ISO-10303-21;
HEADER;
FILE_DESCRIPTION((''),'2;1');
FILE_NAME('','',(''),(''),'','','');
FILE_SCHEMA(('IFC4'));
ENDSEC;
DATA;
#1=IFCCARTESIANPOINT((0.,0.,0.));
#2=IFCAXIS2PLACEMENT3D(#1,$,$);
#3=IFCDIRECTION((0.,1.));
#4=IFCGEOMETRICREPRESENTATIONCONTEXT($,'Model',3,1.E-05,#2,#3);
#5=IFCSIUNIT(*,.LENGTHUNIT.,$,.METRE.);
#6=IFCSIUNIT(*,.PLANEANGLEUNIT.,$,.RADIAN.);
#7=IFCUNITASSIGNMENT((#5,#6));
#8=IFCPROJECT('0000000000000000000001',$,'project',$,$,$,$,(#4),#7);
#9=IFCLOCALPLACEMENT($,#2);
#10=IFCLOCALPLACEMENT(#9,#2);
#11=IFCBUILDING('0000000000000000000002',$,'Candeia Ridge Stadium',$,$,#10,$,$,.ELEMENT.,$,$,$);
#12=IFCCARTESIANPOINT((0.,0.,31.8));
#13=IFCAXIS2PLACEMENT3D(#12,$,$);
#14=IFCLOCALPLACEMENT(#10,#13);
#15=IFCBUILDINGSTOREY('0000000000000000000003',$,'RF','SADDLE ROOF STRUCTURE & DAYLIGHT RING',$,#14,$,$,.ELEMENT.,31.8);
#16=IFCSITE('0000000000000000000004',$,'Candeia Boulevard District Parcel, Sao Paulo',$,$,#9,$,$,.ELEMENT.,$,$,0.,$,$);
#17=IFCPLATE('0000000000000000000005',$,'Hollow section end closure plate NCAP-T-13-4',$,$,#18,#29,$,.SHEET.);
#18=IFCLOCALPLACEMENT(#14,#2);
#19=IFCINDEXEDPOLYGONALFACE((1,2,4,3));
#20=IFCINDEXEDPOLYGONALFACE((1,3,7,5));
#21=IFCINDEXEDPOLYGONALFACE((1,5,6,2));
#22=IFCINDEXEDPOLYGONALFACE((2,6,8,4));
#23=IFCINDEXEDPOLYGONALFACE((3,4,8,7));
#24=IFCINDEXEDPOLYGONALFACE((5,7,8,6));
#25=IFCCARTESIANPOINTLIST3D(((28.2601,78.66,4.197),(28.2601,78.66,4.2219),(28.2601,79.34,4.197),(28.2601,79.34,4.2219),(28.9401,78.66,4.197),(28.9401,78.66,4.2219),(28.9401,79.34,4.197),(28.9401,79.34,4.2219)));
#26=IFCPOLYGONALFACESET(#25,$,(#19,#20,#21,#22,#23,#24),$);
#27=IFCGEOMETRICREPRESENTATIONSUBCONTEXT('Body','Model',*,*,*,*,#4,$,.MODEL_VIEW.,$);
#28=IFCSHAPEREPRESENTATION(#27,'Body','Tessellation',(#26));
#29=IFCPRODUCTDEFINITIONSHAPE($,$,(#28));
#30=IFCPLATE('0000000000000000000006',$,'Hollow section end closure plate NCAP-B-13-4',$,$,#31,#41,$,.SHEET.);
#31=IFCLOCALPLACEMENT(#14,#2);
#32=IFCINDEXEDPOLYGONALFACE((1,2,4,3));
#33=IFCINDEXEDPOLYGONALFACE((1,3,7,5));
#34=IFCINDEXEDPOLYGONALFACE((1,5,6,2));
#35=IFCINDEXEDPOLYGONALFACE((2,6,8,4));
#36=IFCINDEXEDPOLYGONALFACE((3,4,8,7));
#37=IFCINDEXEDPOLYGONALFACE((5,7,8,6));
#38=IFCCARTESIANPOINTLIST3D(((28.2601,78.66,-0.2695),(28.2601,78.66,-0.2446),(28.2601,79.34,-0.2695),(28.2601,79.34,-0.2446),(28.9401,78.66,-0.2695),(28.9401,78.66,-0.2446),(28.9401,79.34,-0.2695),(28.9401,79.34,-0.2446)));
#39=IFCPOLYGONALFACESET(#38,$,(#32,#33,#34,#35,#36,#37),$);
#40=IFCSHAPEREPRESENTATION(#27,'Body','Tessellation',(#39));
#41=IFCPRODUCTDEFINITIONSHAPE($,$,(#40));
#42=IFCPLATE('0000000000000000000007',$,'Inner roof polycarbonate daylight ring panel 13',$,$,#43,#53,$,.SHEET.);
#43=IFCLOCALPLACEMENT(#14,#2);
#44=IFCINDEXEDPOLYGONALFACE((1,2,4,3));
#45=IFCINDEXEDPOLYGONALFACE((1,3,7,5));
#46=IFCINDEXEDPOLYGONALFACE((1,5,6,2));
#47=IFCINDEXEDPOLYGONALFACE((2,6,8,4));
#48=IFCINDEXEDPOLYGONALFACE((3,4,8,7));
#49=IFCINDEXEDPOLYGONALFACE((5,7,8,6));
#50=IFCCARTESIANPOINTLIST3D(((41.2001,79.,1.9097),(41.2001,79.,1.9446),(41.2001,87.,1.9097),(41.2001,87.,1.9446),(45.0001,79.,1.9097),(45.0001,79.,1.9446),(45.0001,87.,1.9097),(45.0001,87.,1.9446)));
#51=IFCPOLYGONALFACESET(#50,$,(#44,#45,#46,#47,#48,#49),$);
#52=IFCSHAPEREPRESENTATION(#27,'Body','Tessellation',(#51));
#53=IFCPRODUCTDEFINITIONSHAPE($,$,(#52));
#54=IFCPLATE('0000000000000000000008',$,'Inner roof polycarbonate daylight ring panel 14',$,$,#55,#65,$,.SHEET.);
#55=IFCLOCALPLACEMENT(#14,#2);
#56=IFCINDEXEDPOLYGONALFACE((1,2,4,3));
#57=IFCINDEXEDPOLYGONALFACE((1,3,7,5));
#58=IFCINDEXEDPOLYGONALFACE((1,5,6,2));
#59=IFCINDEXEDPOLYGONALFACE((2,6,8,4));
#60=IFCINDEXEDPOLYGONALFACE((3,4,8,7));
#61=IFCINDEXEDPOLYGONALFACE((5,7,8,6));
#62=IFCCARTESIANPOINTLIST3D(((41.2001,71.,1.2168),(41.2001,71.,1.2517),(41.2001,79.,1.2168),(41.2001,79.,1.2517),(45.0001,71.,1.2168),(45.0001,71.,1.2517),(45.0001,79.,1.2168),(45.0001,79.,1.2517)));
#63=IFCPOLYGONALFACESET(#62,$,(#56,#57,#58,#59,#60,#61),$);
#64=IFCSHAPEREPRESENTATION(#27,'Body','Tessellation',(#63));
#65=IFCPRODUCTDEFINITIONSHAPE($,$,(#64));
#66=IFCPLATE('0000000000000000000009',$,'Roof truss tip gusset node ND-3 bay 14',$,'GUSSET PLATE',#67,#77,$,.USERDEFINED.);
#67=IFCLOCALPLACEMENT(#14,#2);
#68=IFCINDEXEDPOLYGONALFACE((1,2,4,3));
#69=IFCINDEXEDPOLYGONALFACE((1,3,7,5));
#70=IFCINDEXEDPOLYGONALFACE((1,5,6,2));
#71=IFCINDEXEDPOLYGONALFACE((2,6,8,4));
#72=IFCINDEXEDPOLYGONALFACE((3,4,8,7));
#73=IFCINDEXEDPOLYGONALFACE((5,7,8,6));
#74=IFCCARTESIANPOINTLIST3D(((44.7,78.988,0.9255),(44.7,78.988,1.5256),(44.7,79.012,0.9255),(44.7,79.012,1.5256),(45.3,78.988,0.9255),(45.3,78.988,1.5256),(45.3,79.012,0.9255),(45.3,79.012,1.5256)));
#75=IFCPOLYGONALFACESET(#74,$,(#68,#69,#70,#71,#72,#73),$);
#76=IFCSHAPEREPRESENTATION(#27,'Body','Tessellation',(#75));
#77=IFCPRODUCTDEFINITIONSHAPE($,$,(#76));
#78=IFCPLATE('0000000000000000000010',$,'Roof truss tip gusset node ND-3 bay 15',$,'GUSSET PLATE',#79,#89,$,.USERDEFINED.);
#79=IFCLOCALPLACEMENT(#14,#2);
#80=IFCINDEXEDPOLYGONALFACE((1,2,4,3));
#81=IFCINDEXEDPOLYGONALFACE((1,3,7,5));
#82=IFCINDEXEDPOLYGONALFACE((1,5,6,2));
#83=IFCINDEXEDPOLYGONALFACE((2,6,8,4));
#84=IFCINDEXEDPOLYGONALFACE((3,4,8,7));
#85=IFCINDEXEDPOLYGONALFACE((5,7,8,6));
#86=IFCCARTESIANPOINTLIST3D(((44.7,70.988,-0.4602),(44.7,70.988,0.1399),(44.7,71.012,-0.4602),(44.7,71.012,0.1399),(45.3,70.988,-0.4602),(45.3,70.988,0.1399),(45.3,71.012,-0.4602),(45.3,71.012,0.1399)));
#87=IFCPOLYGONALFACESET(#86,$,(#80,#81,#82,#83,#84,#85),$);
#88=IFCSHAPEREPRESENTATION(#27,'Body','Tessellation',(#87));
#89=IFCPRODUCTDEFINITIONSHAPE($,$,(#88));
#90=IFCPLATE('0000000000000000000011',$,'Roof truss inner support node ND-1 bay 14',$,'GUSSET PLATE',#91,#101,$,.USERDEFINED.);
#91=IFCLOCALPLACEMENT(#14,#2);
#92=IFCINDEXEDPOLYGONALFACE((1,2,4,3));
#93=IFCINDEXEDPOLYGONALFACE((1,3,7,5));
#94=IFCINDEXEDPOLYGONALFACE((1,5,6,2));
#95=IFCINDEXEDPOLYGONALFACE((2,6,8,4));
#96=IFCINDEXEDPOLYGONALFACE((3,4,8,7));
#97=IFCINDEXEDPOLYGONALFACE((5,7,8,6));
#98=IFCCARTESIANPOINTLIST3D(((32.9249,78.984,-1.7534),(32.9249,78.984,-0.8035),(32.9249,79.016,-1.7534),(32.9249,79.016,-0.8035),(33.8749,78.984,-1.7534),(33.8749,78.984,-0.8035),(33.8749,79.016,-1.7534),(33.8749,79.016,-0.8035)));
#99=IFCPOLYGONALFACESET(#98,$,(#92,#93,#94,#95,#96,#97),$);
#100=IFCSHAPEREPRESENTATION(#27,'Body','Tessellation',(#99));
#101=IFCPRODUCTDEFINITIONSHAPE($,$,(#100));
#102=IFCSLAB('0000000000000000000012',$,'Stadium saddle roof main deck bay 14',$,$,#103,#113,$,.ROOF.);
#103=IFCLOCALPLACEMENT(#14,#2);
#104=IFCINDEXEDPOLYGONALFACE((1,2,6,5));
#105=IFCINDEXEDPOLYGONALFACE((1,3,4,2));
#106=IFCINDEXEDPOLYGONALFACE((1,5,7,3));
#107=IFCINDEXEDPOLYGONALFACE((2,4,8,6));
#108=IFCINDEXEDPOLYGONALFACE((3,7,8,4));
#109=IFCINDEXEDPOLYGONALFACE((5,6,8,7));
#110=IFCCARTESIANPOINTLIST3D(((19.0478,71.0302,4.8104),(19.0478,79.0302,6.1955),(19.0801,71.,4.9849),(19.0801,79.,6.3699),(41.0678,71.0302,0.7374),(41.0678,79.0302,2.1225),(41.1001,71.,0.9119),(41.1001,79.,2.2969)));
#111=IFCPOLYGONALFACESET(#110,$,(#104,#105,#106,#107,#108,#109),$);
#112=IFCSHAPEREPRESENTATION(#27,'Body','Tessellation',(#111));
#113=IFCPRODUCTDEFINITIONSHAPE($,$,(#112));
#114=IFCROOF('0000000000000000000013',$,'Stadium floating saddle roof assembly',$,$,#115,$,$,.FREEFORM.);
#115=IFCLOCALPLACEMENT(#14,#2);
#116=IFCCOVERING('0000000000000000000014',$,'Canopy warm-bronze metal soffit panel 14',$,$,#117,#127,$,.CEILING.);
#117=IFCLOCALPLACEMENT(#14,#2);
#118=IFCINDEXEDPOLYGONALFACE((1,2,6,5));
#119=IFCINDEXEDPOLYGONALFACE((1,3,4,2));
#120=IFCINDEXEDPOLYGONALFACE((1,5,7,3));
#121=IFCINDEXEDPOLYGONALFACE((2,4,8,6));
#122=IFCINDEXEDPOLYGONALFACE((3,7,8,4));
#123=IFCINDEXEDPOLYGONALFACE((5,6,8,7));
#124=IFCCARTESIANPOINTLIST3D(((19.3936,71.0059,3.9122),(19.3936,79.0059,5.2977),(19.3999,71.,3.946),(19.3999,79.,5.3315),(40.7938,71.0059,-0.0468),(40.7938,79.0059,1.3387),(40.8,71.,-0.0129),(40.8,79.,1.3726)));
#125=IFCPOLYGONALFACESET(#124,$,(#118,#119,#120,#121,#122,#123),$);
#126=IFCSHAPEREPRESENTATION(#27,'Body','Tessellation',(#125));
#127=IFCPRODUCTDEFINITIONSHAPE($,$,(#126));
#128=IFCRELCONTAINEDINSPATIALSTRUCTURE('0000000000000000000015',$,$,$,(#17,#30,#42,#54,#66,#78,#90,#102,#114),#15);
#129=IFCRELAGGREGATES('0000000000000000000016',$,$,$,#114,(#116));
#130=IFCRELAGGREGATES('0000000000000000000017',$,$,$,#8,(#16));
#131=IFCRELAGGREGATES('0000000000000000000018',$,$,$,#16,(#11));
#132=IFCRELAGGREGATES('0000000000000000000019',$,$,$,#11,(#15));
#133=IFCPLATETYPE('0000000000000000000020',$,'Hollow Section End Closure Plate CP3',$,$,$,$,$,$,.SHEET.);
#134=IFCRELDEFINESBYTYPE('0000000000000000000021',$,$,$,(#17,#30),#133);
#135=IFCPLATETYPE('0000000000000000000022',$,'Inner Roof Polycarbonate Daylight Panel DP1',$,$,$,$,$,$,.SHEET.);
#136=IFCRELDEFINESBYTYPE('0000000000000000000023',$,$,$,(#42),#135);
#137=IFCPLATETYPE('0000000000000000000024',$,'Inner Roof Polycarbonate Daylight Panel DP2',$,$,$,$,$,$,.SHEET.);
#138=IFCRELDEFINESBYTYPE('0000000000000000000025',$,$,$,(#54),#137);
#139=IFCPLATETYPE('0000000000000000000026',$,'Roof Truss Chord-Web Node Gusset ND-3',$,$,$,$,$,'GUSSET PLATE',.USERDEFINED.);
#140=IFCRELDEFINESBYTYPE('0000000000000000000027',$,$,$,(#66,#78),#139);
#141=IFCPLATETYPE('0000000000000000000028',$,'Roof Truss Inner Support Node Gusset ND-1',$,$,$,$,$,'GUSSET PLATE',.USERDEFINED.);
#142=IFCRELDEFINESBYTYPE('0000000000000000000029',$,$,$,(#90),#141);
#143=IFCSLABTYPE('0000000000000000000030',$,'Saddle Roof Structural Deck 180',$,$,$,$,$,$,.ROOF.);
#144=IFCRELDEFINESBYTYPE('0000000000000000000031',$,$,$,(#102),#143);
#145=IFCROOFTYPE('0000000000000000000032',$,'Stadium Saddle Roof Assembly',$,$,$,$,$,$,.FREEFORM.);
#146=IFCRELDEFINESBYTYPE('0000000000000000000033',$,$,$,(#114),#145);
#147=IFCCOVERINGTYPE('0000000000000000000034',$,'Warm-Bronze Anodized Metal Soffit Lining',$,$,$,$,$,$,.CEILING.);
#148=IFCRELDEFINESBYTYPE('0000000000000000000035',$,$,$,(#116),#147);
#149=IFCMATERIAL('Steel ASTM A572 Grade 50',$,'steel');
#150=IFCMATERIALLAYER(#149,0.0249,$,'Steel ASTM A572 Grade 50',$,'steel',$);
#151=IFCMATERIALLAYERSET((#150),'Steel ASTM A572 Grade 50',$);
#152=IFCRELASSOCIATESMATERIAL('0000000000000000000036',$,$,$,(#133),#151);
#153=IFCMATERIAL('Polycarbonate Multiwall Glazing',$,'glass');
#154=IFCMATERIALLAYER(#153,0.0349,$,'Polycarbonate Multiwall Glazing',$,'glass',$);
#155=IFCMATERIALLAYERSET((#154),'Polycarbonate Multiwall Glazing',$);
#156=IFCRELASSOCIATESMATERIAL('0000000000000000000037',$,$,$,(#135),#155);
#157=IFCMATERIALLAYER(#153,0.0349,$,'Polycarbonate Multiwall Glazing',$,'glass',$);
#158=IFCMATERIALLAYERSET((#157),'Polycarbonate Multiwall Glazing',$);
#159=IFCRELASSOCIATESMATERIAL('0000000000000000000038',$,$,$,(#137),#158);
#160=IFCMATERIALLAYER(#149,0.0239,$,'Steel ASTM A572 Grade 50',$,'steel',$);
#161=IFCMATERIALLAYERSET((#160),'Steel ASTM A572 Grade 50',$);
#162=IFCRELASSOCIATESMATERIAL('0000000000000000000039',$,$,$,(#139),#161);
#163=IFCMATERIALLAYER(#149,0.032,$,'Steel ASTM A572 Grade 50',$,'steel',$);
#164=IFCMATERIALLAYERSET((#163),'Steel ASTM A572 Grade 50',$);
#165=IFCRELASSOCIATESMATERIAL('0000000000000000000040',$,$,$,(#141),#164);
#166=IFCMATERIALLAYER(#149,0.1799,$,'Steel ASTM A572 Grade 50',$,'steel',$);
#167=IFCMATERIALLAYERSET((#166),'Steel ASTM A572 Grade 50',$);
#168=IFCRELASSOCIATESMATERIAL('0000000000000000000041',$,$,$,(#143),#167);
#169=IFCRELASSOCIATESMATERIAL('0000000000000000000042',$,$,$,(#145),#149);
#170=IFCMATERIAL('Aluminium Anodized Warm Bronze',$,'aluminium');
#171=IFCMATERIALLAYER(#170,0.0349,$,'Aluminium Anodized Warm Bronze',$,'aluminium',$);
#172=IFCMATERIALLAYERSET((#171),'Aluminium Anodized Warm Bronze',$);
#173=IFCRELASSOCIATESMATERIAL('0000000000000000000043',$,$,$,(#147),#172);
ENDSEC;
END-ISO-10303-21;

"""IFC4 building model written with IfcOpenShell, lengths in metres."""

from ifc_helpers import new_model, si_unit, direction, frame, origin, origin_2d, place, context, subcontext, project, spatial, polyline, rectangle, outline, extrude, material, layer, layer_set, type_object, element, aggregate, save


model = new_model("IFC4")

# Units and contexts
model_context = context("Model", 3, precision=1e-05, world=origin(), true_north=direction((0.0, 1.0)))
body_context = subcontext(model_context, "Body", "Model", "MODEL_VIEW")
ifc_project = project(units=[si_unit("LENGTHUNIT", "METRE"), si_unit("PLANEANGLEUNIT", "RADIAN")], contexts=[model_context])

# Site, building, storey
site_placement = place(None, origin())
site = spatial("IfcSite", under=ifc_project, at=site_placement, Name="Candeia Boulevard District Parcel, Sao Paulo", CompositionType="ELEMENT", RefElevation=0.0)
building_placement = place(site_placement, origin())
building = spatial("IfcBuilding", under=site, at=building_placement, Name="Candeia Ridge Stadium", CompositionType="ELEMENT")
storey_placement = place(building_placement, frame((0.0, 0.0, 31.8)))
storey = spatial("IfcBuildingStorey", under=building, at=storey_placement, Name="RF", Description="SADDLE ROOF STRUCTURE & DAYLIGHT RING", CompositionType="ELEMENT", Elevation=31.8)

# Shared definitions
ifc_material_1 = material(Name="Steel ASTM A572 Grade 50", Category="steel")

# Plates
ifc_layer_1 = layer(ifc_material_1, 0.0249, Name="Steel ASTM A572 Grade 50", Category="steel")
ifc_layer_set_1 = layer_set([ifc_layer_1], Name="Steel ASTM A572 Grade 50")
plate_type_1 = type_object("IfcPlateType", Name="Hollow Section End Closure Plate CP3", PredefinedType="SHEET", material=ifc_layer_set_1)
for number, where, z_axis, x_axis, name in (
    (1, (28.6001, 79.0, 4.197), (0.0, 0.0, 1.0), (1.0, 0.0, 0.0), "Hollow section end closure plate NCAP-T-13-4"),
    (2, (28.6001, 79.0, -0.2695), (0.0, 0.0, 1.0), (1.0, 0.0, 0.0), "Hollow section end closure plate NCAP-B-13-4"),
):
    element("IfcPlate", number, at=place(storey_placement, frame(where, z_axis=z_axis, x_axis=x_axis)), inside=storey, type_object=plate_type_1, Name=name, PredefinedType="SHEET", context=body_context, shape_type="SweptSolid", body=[
        extrude(rectangle(XDim=0.6799, YDim=0.6799, at=origin_2d()), origin(), (0.0, 0.0, 1.0), 0.0249),
    ])
ifc_material_2 = material(Name="Polycarbonate Multiwall Glazing", Category="glass")
ifc_layer_2 = layer(ifc_material_2, 0.0349, Name="Polycarbonate Multiwall Glazing", Category="glass")
ifc_layer_set_2 = layer_set([ifc_layer_2], Name="Polycarbonate Multiwall Glazing")
plate_type_2 = type_object("IfcPlateType", Name="Inner Roof Polycarbonate Daylight Panel DP1", PredefinedType="SHEET", material=ifc_layer_set_2)
plate_1_placement = place(storey_placement, frame((43.1001, 83.0, 1.9097), z_axis=(0.0, 0.0, 1.0), x_axis=(0.0, -1.0, 0.0)))
element("IfcPlate", 3, at=plate_1_placement, inside=storey, type_object=plate_type_2, Name="Inner roof polycarbonate daylight ring panel 13", PredefinedType="SHEET", context=body_context, shape_type="SweptSolid", body=[
    extrude(rectangle(XDim=8.0, YDim=3.8, at=origin_2d()), origin(), (0.0, 0.0, 1.0), 0.0349),
])
ifc_layer_3 = layer(ifc_material_2, 0.0349, Name="Polycarbonate Multiwall Glazing", Category="glass")
ifc_layer_set_3 = layer_set([ifc_layer_3], Name="Polycarbonate Multiwall Glazing")
plate_type_3 = type_object("IfcPlateType", Name="Inner Roof Polycarbonate Daylight Panel DP2", PredefinedType="SHEET", material=ifc_layer_set_3)
plate_2_placement = place(storey_placement, frame((43.1001, 75.0, 1.2168), z_axis=(0.0, 0.0, 1.0), x_axis=(0.0, -1.0, 0.0)))
element("IfcPlate", 4, at=plate_2_placement, inside=storey, type_object=plate_type_3, Name="Inner roof polycarbonate daylight ring panel 14", PredefinedType="SHEET", context=body_context, shape_type="SweptSolid", body=[
    extrude(rectangle(XDim=8.0, YDim=3.8, at=origin_2d()), origin(), (0.0, 0.0, 1.0), 0.0349),
])
ifc_layer_4 = layer(ifc_material_1, 0.0239, Name="Steel ASTM A572 Grade 50", Category="steel")
ifc_layer_set_4 = layer_set([ifc_layer_4], Name="Steel ASTM A572 Grade 50")
plate_type_4 = type_object("IfcPlateType", Name="Roof Truss Chord-Web Node Gusset ND-3", ElementType="GUSSET PLATE", PredefinedType="USERDEFINED", material=ifc_layer_set_4)
for number, where, z_axis, x_axis, name in (
    (5, (45.0, 79.0, 0.9255), (0.0, 0.0, 1.0), (-1.0, 0.0, 0.0), "Roof truss tip gusset node ND-3 bay 14"),
    (6, (45.0, 71.0, -0.4602), (0.0, 0.0, 1.0), (-1.0, 0.0, 0.0), "Roof truss tip gusset node ND-3 bay 15"),
):
    element("IfcPlate", number, at=place(storey_placement, frame(where, z_axis=z_axis, x_axis=x_axis)), inside=storey, type_object=plate_type_4, Name=name, ObjectType="GUSSET PLATE", PredefinedType="USERDEFINED", context=body_context, shape_type="SweptSolid", body=[
        extrude(rectangle(XDim=0.6001, YDim=0.0239, at=origin_2d()), origin(), (0.0, 0.0, 1.0), 0.6001),
    ])
ifc_layer_5 = layer(ifc_material_1, 0.032, Name="Steel ASTM A572 Grade 50", Category="steel")
ifc_layer_set_5 = layer_set([ifc_layer_5], Name="Steel ASTM A572 Grade 50")
plate_type_5 = type_object("IfcPlateType", Name="Roof Truss Inner Support Node Gusset ND-1", ElementType="GUSSET PLATE", PredefinedType="USERDEFINED", material=ifc_layer_set_5)
plate_3_placement = place(storey_placement, frame((33.3999, 79.0, -1.7534), z_axis=(0.0, 0.0, 1.0), x_axis=(-1.0, 0.0, 0.0)))
element("IfcPlate", 7, at=plate_3_placement, inside=storey, type_object=plate_type_5, Name="Roof truss inner support node ND-1 bay 14", ObjectType="GUSSET PLATE", PredefinedType="USERDEFINED", context=body_context, shape_type="SweptSolid", body=[
    extrude(rectangle(XDim=0.95, YDim=0.032, at=origin_2d()), origin(), (0.0, 0.0, 1.0), 0.95),
])

# Slab
ifc_layer_6 = layer(ifc_material_1, 0.1799, Name="Steel ASTM A572 Grade 50", Category="steel")
ifc_layer_set_6 = layer_set([ifc_layer_6], Name="Steel ASTM A572 Grade 50")
slab_type = type_object("IfcSlabType", Name="Saddle Roof Structural Deck 180", PredefinedType="ROOF", material=ifc_layer_set_6)
slab_placement = place(storey_placement, frame((41.1001, 79.0, 2.2969), z_axis=(0.179303, -0.167824, 0.969374), x_axis=(0.0, -0.985342, -0.170589)))
element("IfcSlab", 8, at=slab_placement, inside=storey, type_object=slab_type, Name="Stadium saddle roof main deck bay 14", PredefinedType="ROOF", context=body_context, shape_type="SweptSolid", body=[
    extrude(outline(polyline([(0.0, 0.0), (8.119, 0.0), (7.4242, -22.3828), (-0.6948, -22.3828), (0.0, 0.0)])), origin(), (0.0, 0.0, -1.0), 0.1799),
])

# Roof, covering
roof_type = type_object("IfcRoofType", Name="Stadium Saddle Roof Assembly", PredefinedType="FREEFORM", material=ifc_material_1)
roof_placement = place(storey_placement, origin())
roof = element("IfcRoof", 9, at=roof_placement, inside=storey, type_object=roof_type, Name="Stadium floating saddle roof assembly", PredefinedType="FREEFORM")
ifc_material_3 = material(Name="Aluminium Anodized Warm Bronze", Category="aluminium")
ifc_layer_7 = layer(ifc_material_3, 0.0349, Name="Aluminium Anodized Warm Bronze", Category="aluminium")
ifc_layer_set_7 = layer_set([ifc_layer_7], Name="Aluminium Anodized Warm Bronze")
covering_type = type_object("IfcCoveringType", Name="Warm-Bronze Anodized Metal Soffit Lining", PredefinedType="CEILING", material=ifc_layer_set_7)
covering_placement = place(storey_placement, frame((40.8, 79.0, 1.3726), z_axis=(0.179329, -0.167881, 0.969359), x_axis=(0.0, -0.985332, -0.170647)))
covering = element("IfcCovering", 10, at=covering_placement, type_object=covering_type, Name="Canopy warm-bronze metal soffit panel 14", PredefinedType="CEILING", context=body_context, shape_type="SweptSolid", body=[
    extrude(outline(polyline([(0.0, 0.0), (8.1191, 0.0), (7.4435, -21.7528), (-0.6756, -21.7528), (0.0, 0.0)])), origin(), (0.0, 0.0, -1.0), 0.0349),
])
aggregate(roof, [covering])

save(model, "model.ifc")
